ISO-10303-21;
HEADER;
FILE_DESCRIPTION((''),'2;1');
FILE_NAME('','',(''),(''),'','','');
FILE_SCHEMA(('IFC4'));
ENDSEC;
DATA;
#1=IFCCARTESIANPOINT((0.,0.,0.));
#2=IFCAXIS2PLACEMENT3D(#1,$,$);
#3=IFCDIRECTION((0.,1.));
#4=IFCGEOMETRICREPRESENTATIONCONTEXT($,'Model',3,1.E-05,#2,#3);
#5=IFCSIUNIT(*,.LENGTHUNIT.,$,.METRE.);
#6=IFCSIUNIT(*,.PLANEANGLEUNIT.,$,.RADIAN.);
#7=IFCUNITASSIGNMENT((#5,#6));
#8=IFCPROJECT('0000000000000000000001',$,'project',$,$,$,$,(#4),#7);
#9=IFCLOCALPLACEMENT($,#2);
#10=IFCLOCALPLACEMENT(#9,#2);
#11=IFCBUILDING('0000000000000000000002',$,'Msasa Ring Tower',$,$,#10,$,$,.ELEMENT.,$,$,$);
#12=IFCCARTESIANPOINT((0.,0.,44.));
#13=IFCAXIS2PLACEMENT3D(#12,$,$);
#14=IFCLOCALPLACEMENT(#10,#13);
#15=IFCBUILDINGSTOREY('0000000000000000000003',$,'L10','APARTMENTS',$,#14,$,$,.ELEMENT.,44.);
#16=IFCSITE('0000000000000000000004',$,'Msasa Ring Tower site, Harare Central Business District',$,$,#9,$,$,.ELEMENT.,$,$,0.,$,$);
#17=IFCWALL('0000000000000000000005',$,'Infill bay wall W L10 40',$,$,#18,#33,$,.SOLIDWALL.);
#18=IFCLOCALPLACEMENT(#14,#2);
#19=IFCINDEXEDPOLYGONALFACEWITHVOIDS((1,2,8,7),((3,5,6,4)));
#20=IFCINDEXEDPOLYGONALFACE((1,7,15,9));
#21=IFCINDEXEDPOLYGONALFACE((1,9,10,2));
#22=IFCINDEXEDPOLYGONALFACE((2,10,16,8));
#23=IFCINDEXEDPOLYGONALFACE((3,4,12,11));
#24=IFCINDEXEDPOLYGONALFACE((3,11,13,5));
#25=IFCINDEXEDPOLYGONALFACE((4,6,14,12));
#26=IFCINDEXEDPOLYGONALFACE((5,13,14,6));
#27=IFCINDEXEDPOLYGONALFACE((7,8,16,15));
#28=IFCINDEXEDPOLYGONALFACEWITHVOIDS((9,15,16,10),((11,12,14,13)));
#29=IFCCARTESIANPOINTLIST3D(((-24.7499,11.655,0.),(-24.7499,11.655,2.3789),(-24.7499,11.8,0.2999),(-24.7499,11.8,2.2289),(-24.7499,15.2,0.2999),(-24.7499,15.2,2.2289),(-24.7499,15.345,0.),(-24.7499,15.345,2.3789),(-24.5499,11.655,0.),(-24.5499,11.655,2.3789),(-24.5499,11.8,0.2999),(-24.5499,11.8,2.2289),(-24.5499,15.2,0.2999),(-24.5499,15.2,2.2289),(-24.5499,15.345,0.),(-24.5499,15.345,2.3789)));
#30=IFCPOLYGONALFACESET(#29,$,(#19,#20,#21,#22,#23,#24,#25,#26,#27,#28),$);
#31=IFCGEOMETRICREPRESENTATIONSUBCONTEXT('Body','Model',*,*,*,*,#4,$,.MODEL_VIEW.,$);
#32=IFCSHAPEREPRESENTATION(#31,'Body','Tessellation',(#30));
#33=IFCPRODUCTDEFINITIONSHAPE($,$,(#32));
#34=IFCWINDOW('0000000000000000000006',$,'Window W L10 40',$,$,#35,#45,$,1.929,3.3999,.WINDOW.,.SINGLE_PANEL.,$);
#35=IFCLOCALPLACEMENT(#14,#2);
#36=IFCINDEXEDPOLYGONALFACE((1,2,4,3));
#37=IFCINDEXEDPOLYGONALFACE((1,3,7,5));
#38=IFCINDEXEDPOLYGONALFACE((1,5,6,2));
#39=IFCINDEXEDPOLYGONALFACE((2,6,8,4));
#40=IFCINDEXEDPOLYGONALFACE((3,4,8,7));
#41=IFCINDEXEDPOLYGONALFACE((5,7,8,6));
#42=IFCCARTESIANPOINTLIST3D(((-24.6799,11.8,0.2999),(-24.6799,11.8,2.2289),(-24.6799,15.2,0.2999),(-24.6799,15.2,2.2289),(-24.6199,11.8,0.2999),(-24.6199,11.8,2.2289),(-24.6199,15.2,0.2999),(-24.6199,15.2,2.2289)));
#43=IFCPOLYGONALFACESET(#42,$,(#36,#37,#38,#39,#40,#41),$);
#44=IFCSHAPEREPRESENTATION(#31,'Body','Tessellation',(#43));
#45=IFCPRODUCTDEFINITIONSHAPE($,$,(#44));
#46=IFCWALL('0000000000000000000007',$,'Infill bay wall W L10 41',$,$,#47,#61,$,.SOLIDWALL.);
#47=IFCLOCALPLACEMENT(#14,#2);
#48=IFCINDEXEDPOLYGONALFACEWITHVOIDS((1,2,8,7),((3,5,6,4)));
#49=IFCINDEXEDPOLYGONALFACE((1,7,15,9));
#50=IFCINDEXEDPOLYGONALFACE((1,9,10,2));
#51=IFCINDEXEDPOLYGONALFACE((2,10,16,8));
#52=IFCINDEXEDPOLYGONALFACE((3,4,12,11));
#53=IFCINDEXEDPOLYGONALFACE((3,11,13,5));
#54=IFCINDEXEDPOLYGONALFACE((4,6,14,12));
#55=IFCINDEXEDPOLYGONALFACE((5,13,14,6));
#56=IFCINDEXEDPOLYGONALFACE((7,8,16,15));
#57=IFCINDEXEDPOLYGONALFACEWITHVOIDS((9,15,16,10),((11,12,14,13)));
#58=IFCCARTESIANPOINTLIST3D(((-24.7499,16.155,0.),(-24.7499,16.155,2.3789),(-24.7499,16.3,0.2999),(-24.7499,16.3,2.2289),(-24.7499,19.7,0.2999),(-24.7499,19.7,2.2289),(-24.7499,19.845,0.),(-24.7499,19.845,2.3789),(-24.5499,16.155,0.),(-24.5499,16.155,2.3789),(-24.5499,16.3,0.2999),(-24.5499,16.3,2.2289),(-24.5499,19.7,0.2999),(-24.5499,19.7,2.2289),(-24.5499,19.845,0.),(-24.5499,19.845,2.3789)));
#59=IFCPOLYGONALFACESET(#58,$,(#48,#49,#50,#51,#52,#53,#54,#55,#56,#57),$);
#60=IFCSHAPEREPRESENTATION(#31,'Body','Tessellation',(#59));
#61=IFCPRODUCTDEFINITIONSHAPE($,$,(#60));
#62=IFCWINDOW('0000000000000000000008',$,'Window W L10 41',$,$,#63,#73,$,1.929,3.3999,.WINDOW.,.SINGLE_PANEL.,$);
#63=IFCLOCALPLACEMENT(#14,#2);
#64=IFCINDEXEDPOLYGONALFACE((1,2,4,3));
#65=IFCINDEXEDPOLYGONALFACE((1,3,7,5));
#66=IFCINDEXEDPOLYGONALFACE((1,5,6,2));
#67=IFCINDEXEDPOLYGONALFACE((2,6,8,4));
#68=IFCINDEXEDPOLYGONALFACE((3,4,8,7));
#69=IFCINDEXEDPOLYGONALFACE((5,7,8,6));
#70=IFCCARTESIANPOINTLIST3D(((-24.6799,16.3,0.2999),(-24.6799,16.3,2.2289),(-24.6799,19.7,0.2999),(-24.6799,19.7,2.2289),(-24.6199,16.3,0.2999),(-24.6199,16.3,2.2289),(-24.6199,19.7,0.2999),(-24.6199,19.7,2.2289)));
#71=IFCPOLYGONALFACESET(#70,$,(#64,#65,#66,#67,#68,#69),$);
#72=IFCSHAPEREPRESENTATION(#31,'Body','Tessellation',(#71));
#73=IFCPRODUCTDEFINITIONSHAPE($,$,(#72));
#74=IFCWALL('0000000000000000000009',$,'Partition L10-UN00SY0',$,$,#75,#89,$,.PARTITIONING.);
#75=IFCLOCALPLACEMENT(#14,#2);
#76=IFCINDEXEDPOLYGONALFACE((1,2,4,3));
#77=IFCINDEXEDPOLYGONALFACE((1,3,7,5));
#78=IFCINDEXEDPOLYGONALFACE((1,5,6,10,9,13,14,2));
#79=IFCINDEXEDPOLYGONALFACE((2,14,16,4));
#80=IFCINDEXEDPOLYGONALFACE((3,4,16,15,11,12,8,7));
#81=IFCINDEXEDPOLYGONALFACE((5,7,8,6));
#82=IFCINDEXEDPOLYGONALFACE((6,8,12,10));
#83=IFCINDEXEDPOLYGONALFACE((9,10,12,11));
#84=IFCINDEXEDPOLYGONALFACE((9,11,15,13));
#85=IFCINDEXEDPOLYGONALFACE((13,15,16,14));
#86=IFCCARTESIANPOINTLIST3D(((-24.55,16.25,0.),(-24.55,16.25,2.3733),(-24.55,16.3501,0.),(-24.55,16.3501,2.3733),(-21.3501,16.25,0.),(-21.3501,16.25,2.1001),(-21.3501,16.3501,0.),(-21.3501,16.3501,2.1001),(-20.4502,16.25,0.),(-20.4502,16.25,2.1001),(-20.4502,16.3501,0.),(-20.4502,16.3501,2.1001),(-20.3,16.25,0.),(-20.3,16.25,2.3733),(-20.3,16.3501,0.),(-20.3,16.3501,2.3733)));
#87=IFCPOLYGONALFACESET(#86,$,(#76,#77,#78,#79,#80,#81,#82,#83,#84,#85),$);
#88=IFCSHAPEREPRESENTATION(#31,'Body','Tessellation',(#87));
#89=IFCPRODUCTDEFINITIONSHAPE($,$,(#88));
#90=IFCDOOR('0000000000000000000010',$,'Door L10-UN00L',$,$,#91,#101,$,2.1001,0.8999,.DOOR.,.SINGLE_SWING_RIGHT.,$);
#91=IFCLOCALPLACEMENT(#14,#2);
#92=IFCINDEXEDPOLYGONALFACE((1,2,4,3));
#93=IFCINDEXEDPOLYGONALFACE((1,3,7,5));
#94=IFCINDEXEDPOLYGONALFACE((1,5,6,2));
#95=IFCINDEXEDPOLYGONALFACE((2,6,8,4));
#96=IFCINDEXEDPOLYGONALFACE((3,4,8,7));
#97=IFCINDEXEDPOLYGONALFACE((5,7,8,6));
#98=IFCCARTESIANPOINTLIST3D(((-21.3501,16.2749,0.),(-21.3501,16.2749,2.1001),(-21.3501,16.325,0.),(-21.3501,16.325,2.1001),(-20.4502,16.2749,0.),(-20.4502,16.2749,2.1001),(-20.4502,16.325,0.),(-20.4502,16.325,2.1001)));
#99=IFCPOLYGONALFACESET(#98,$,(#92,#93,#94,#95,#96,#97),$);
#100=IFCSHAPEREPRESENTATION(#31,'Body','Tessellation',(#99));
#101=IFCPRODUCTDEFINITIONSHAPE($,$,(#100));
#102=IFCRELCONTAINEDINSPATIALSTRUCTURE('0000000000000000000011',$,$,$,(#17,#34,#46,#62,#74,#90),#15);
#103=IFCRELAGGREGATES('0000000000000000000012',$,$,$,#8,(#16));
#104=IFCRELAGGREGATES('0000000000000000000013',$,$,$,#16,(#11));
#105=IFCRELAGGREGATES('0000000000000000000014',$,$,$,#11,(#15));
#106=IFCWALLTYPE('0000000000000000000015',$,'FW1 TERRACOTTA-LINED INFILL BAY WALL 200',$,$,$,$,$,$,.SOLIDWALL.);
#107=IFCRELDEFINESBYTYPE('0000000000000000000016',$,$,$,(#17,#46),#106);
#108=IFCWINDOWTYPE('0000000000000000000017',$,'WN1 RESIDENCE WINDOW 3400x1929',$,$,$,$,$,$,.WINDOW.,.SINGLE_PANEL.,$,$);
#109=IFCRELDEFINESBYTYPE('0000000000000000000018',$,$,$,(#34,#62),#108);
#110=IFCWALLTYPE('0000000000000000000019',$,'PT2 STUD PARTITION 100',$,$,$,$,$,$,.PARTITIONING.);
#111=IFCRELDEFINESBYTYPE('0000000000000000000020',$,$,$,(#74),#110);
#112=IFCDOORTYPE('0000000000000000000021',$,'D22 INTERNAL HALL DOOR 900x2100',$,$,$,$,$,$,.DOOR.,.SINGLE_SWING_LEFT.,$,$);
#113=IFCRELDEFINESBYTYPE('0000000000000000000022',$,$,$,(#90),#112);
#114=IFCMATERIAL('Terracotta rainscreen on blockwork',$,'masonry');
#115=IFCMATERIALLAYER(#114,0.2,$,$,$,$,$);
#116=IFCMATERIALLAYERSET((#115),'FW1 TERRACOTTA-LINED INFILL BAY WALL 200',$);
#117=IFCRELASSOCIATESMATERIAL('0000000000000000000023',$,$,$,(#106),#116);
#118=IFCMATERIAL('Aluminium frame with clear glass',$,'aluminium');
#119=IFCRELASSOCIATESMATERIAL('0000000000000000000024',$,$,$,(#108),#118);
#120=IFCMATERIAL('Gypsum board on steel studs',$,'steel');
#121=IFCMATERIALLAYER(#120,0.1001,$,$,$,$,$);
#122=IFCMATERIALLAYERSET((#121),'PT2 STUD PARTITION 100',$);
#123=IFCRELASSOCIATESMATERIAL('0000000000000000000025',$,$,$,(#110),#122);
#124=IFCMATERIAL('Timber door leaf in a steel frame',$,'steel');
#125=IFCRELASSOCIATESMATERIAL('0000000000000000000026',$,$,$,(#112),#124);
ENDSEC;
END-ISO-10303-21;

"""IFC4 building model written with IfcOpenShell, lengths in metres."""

from ifc_helpers import new_model, si_unit, direction, frame, frame_2d, origin, place, context, subcontext, project, spatial, rectangle, extrude, material, layer, layer_set, type_object, element, fill, save


model = new_model("IFC4")

# Units and contexts
model_context = context("Model", 3, precision=1e-05, world=origin(), true_north=direction((0.0, 1.0)))
body_context = subcontext(model_context, "Body", "Model", "MODEL_VIEW")
ifc_project = project(units=[si_unit("LENGTHUNIT", "METRE"), si_unit("PLANEANGLEUNIT", "RADIAN")], contexts=[model_context])

# Site, building, storey
site_placement = place(None, origin())
site = spatial("IfcSite", under=ifc_project, at=site_placement, Name="Msasa Ring Tower site, Harare Central Business District", CompositionType="ELEMENT", RefElevation=0.0)
building_placement = place(site_placement, origin())
building = spatial("IfcBuilding", under=site, at=building_placement, Name="Msasa Ring Tower", CompositionType="ELEMENT")
storey_placement = place(building_placement, frame((0.0, 0.0, 44.0)))
storey = spatial("IfcBuildingStorey", under=building, at=storey_placement, Name="L10", Description="APARTMENTS", CompositionType="ELEMENT", Elevation=44.0)

# Walls, openings, windows
ifc_material_1 = material(Name="Terracotta rainscreen on blockwork", Category="masonry")
ifc_layer_1 = layer(ifc_material_1, 0.2)
ifc_layer_set_1 = layer_set([ifc_layer_1], Name="FW1 TERRACOTTA-LINED INFILL BAY WALL 200")
wall_type_1 = type_object("IfcWallType", Name="FW1 TERRACOTTA-LINED INFILL BAY WALL 200", PredefinedType="SOLIDWALL", material=ifc_layer_set_1)
wall_1_placement = place(storey_placement, frame((-24.6499, 11.655, 0.0), z_axis=(0.0, 0.0, 1.0), x_axis=(0.0, 1.0, 0.0)))
wall_1 = element("IfcWall", 1, at=wall_1_placement, inside=storey, type_object=wall_type_1, Name="Infill bay wall W L10 40", PredefinedType="SOLIDWALL", context=body_context, shape_type="SweptSolid", body=[
    extrude(rectangle(XDim=3.6899, YDim=0.2, at=frame_2d((1.845, 0.0))), origin(), (0.0, 0.0, 1.0), 2.3789),
])
opening_1_placement = place(wall_1_placement, frame((0.145, 0.0, 0.3)))
opening_1 = element("IfcOpeningElement", 2, at=opening_1_placement, cuts=wall_1, PredefinedType="OPENING", context=body_context, shape_type="SweptSolid", body=[
    extrude(rectangle(XDim=3.3999, YDim=1.929, at=frame_2d((1.7, 0.9644))), frame((0.0, 0.1099, 0.0), z_axis=(0.0, -1.0, 0.0), x_axis=(1.0, 0.0, 0.0)), (0.0, 0.0, 1.0), 0.22),
])
ifc_material_2 = material(Name="Aluminium frame with clear glass", Category="aluminium")
window_type = type_object("IfcWindowType", Name="WN1 RESIDENCE WINDOW 3400x1929", PartitioningType="SINGLE_PANEL", PredefinedType="WINDOW", material=ifc_material_2)
window_1_placement = place(opening_1_placement, origin())
window_1 = element("IfcWindow", 3, at=window_1_placement, inside=storey, type_object=window_type, Name="Window W L10 40", OverallHeight=1.929, OverallWidth=3.3999, PartitioningType="SINGLE_PANEL", PredefinedType="WINDOW", context=body_context, shape_type="SweptSolid", body=[
    extrude(rectangle(XDim=3.3999, YDim=1.929, at=frame_2d((1.7, 0.9644))), frame((0.0, 0.03, 0.0), z_axis=(0.0, -1.0, 0.0), x_axis=(1.0, 0.0, 0.0)), (0.0, 0.0, 1.0), 0.0601),
])
fill(opening_1, window_1)
wall_2_placement = place(storey_placement, frame((-24.6499, 16.155, 0.0), z_axis=(0.0, 0.0, 1.0), x_axis=(0.0, 1.0, 0.0)))
wall_2 = element("IfcWall", 4, at=wall_2_placement, inside=storey, type_object=wall_type_1, Name="Infill bay wall W L10 41", PredefinedType="SOLIDWALL", context=body_context, shape_type="SweptSolid", body=[
    extrude(rectangle(XDim=3.6899, YDim=0.2, at=frame_2d((1.845, 0.0))), origin(), (0.0, 0.0, 1.0), 2.3789),
])
opening_2_placement = place(wall_2_placement, frame((0.145, 0.0, 0.3)))
opening_2 = element("IfcOpeningElement", 5, at=opening_2_placement, cuts=wall_2, PredefinedType="OPENING", context=body_context, shape_type="SweptSolid", body=[
    extrude(rectangle(XDim=3.3999, YDim=1.929, at=frame_2d((1.7, 0.9644))), frame((0.0, 0.1099, 0.0), z_axis=(0.0, -1.0, 0.0), x_axis=(1.0, 0.0, 0.0)), (0.0, 0.0, 1.0), 0.22),
])
window_2_placement = place(opening_2_placement, origin())
window_2 = element("IfcWindow", 6, at=window_2_placement, inside=storey, type_object=window_type, Name="Window W L10 41", OverallHeight=1.929, OverallWidth=3.3999, PartitioningType="SINGLE_PANEL", PredefinedType="WINDOW", context=body_context, shape_type="SweptSolid", body=[
    extrude(rectangle(XDim=3.3999, YDim=1.929, at=frame_2d((1.7, 0.9644))), frame((0.0, 0.03, 0.0), z_axis=(0.0, -1.0, 0.0), x_axis=(1.0, 0.0, 0.0)), (0.0, 0.0, 1.0), 0.0601),
])
fill(opening_2, window_2)

# Wall, opening, door
ifc_material_3 = material(Name="Gypsum board on steel studs", Category="steel")
ifc_layer_2 = layer(ifc_material_3, 0.1001)
ifc_layer_set_2 = layer_set([ifc_layer_2], Name="PT2 STUD PARTITION 100")
wall_type_2 = type_object("IfcWallType", Name="PT2 STUD PARTITION 100", PredefinedType="PARTITIONING", material=ifc_layer_set_2)
wall_3_placement = place(storey_placement, frame((-24.55, 16.3, 0.0), z_axis=(0.0, 0.0, 1.0), x_axis=(1.0, 0.0, 0.0)))
wall_3 = element("IfcWall", 7, at=wall_3_placement, inside=storey, type_object=wall_type_2, Name="Partition L10-UN00SY0", PredefinedType="PARTITIONING", context=body_context, shape_type="SweptSolid", body=[
    extrude(rectangle(XDim=4.25, YDim=0.1001, at=frame_2d((2.125, 0.0))), origin(), (0.0, 0.0, 1.0), 2.3733),
])
opening_3_placement = place(wall_3_placement, frame((3.2, 0.0, 0.0)))
opening_3 = element("IfcOpeningElement", 8, at=opening_3_placement, cuts=wall_3, PredefinedType="OPENING", context=body_context, shape_type="SweptSolid", body=[
    extrude(rectangle(XDim=0.8999, YDim=2.1001, at=frame_2d((0.45, 1.05))), frame((0.0, 0.0601, 0.0), z_axis=(0.0, -1.0, 0.0), x_axis=(1.0, 0.0, 0.0)), (0.0, 0.0, 1.0), 0.1201),
])
ifc_material_4 = material(Name="Timber door leaf in a steel frame", Category="steel")
door_type = type_object("IfcDoorType", Name="D22 INTERNAL HALL DOOR 900x2100", OperationType="SINGLE_SWING_LEFT", PredefinedType="DOOR", material=ifc_material_4)
door_placement = place(opening_3_placement, origin())
door = element("IfcDoor", 9, at=door_placement, inside=storey, type_object=door_type, Name="Door L10-UN00L", OperationType="SINGLE_SWING_RIGHT", OverallHeight=2.1001, OverallWidth=0.8999, PredefinedType="DOOR", context=body_context, shape_type="SweptSolid", body=[
    extrude(rectangle(XDim=0.8999, YDim=2.1001, at=frame_2d((0.45, 1.05))), frame((0.0, 0.0249, 0.0), z_axis=(0.0, -1.0, 0.0), x_axis=(1.0, 0.0, 0.0)), (0.0, 0.0, 1.0), 0.05),
])
fill(opening_3, door)

save(model, "model.ifc")
